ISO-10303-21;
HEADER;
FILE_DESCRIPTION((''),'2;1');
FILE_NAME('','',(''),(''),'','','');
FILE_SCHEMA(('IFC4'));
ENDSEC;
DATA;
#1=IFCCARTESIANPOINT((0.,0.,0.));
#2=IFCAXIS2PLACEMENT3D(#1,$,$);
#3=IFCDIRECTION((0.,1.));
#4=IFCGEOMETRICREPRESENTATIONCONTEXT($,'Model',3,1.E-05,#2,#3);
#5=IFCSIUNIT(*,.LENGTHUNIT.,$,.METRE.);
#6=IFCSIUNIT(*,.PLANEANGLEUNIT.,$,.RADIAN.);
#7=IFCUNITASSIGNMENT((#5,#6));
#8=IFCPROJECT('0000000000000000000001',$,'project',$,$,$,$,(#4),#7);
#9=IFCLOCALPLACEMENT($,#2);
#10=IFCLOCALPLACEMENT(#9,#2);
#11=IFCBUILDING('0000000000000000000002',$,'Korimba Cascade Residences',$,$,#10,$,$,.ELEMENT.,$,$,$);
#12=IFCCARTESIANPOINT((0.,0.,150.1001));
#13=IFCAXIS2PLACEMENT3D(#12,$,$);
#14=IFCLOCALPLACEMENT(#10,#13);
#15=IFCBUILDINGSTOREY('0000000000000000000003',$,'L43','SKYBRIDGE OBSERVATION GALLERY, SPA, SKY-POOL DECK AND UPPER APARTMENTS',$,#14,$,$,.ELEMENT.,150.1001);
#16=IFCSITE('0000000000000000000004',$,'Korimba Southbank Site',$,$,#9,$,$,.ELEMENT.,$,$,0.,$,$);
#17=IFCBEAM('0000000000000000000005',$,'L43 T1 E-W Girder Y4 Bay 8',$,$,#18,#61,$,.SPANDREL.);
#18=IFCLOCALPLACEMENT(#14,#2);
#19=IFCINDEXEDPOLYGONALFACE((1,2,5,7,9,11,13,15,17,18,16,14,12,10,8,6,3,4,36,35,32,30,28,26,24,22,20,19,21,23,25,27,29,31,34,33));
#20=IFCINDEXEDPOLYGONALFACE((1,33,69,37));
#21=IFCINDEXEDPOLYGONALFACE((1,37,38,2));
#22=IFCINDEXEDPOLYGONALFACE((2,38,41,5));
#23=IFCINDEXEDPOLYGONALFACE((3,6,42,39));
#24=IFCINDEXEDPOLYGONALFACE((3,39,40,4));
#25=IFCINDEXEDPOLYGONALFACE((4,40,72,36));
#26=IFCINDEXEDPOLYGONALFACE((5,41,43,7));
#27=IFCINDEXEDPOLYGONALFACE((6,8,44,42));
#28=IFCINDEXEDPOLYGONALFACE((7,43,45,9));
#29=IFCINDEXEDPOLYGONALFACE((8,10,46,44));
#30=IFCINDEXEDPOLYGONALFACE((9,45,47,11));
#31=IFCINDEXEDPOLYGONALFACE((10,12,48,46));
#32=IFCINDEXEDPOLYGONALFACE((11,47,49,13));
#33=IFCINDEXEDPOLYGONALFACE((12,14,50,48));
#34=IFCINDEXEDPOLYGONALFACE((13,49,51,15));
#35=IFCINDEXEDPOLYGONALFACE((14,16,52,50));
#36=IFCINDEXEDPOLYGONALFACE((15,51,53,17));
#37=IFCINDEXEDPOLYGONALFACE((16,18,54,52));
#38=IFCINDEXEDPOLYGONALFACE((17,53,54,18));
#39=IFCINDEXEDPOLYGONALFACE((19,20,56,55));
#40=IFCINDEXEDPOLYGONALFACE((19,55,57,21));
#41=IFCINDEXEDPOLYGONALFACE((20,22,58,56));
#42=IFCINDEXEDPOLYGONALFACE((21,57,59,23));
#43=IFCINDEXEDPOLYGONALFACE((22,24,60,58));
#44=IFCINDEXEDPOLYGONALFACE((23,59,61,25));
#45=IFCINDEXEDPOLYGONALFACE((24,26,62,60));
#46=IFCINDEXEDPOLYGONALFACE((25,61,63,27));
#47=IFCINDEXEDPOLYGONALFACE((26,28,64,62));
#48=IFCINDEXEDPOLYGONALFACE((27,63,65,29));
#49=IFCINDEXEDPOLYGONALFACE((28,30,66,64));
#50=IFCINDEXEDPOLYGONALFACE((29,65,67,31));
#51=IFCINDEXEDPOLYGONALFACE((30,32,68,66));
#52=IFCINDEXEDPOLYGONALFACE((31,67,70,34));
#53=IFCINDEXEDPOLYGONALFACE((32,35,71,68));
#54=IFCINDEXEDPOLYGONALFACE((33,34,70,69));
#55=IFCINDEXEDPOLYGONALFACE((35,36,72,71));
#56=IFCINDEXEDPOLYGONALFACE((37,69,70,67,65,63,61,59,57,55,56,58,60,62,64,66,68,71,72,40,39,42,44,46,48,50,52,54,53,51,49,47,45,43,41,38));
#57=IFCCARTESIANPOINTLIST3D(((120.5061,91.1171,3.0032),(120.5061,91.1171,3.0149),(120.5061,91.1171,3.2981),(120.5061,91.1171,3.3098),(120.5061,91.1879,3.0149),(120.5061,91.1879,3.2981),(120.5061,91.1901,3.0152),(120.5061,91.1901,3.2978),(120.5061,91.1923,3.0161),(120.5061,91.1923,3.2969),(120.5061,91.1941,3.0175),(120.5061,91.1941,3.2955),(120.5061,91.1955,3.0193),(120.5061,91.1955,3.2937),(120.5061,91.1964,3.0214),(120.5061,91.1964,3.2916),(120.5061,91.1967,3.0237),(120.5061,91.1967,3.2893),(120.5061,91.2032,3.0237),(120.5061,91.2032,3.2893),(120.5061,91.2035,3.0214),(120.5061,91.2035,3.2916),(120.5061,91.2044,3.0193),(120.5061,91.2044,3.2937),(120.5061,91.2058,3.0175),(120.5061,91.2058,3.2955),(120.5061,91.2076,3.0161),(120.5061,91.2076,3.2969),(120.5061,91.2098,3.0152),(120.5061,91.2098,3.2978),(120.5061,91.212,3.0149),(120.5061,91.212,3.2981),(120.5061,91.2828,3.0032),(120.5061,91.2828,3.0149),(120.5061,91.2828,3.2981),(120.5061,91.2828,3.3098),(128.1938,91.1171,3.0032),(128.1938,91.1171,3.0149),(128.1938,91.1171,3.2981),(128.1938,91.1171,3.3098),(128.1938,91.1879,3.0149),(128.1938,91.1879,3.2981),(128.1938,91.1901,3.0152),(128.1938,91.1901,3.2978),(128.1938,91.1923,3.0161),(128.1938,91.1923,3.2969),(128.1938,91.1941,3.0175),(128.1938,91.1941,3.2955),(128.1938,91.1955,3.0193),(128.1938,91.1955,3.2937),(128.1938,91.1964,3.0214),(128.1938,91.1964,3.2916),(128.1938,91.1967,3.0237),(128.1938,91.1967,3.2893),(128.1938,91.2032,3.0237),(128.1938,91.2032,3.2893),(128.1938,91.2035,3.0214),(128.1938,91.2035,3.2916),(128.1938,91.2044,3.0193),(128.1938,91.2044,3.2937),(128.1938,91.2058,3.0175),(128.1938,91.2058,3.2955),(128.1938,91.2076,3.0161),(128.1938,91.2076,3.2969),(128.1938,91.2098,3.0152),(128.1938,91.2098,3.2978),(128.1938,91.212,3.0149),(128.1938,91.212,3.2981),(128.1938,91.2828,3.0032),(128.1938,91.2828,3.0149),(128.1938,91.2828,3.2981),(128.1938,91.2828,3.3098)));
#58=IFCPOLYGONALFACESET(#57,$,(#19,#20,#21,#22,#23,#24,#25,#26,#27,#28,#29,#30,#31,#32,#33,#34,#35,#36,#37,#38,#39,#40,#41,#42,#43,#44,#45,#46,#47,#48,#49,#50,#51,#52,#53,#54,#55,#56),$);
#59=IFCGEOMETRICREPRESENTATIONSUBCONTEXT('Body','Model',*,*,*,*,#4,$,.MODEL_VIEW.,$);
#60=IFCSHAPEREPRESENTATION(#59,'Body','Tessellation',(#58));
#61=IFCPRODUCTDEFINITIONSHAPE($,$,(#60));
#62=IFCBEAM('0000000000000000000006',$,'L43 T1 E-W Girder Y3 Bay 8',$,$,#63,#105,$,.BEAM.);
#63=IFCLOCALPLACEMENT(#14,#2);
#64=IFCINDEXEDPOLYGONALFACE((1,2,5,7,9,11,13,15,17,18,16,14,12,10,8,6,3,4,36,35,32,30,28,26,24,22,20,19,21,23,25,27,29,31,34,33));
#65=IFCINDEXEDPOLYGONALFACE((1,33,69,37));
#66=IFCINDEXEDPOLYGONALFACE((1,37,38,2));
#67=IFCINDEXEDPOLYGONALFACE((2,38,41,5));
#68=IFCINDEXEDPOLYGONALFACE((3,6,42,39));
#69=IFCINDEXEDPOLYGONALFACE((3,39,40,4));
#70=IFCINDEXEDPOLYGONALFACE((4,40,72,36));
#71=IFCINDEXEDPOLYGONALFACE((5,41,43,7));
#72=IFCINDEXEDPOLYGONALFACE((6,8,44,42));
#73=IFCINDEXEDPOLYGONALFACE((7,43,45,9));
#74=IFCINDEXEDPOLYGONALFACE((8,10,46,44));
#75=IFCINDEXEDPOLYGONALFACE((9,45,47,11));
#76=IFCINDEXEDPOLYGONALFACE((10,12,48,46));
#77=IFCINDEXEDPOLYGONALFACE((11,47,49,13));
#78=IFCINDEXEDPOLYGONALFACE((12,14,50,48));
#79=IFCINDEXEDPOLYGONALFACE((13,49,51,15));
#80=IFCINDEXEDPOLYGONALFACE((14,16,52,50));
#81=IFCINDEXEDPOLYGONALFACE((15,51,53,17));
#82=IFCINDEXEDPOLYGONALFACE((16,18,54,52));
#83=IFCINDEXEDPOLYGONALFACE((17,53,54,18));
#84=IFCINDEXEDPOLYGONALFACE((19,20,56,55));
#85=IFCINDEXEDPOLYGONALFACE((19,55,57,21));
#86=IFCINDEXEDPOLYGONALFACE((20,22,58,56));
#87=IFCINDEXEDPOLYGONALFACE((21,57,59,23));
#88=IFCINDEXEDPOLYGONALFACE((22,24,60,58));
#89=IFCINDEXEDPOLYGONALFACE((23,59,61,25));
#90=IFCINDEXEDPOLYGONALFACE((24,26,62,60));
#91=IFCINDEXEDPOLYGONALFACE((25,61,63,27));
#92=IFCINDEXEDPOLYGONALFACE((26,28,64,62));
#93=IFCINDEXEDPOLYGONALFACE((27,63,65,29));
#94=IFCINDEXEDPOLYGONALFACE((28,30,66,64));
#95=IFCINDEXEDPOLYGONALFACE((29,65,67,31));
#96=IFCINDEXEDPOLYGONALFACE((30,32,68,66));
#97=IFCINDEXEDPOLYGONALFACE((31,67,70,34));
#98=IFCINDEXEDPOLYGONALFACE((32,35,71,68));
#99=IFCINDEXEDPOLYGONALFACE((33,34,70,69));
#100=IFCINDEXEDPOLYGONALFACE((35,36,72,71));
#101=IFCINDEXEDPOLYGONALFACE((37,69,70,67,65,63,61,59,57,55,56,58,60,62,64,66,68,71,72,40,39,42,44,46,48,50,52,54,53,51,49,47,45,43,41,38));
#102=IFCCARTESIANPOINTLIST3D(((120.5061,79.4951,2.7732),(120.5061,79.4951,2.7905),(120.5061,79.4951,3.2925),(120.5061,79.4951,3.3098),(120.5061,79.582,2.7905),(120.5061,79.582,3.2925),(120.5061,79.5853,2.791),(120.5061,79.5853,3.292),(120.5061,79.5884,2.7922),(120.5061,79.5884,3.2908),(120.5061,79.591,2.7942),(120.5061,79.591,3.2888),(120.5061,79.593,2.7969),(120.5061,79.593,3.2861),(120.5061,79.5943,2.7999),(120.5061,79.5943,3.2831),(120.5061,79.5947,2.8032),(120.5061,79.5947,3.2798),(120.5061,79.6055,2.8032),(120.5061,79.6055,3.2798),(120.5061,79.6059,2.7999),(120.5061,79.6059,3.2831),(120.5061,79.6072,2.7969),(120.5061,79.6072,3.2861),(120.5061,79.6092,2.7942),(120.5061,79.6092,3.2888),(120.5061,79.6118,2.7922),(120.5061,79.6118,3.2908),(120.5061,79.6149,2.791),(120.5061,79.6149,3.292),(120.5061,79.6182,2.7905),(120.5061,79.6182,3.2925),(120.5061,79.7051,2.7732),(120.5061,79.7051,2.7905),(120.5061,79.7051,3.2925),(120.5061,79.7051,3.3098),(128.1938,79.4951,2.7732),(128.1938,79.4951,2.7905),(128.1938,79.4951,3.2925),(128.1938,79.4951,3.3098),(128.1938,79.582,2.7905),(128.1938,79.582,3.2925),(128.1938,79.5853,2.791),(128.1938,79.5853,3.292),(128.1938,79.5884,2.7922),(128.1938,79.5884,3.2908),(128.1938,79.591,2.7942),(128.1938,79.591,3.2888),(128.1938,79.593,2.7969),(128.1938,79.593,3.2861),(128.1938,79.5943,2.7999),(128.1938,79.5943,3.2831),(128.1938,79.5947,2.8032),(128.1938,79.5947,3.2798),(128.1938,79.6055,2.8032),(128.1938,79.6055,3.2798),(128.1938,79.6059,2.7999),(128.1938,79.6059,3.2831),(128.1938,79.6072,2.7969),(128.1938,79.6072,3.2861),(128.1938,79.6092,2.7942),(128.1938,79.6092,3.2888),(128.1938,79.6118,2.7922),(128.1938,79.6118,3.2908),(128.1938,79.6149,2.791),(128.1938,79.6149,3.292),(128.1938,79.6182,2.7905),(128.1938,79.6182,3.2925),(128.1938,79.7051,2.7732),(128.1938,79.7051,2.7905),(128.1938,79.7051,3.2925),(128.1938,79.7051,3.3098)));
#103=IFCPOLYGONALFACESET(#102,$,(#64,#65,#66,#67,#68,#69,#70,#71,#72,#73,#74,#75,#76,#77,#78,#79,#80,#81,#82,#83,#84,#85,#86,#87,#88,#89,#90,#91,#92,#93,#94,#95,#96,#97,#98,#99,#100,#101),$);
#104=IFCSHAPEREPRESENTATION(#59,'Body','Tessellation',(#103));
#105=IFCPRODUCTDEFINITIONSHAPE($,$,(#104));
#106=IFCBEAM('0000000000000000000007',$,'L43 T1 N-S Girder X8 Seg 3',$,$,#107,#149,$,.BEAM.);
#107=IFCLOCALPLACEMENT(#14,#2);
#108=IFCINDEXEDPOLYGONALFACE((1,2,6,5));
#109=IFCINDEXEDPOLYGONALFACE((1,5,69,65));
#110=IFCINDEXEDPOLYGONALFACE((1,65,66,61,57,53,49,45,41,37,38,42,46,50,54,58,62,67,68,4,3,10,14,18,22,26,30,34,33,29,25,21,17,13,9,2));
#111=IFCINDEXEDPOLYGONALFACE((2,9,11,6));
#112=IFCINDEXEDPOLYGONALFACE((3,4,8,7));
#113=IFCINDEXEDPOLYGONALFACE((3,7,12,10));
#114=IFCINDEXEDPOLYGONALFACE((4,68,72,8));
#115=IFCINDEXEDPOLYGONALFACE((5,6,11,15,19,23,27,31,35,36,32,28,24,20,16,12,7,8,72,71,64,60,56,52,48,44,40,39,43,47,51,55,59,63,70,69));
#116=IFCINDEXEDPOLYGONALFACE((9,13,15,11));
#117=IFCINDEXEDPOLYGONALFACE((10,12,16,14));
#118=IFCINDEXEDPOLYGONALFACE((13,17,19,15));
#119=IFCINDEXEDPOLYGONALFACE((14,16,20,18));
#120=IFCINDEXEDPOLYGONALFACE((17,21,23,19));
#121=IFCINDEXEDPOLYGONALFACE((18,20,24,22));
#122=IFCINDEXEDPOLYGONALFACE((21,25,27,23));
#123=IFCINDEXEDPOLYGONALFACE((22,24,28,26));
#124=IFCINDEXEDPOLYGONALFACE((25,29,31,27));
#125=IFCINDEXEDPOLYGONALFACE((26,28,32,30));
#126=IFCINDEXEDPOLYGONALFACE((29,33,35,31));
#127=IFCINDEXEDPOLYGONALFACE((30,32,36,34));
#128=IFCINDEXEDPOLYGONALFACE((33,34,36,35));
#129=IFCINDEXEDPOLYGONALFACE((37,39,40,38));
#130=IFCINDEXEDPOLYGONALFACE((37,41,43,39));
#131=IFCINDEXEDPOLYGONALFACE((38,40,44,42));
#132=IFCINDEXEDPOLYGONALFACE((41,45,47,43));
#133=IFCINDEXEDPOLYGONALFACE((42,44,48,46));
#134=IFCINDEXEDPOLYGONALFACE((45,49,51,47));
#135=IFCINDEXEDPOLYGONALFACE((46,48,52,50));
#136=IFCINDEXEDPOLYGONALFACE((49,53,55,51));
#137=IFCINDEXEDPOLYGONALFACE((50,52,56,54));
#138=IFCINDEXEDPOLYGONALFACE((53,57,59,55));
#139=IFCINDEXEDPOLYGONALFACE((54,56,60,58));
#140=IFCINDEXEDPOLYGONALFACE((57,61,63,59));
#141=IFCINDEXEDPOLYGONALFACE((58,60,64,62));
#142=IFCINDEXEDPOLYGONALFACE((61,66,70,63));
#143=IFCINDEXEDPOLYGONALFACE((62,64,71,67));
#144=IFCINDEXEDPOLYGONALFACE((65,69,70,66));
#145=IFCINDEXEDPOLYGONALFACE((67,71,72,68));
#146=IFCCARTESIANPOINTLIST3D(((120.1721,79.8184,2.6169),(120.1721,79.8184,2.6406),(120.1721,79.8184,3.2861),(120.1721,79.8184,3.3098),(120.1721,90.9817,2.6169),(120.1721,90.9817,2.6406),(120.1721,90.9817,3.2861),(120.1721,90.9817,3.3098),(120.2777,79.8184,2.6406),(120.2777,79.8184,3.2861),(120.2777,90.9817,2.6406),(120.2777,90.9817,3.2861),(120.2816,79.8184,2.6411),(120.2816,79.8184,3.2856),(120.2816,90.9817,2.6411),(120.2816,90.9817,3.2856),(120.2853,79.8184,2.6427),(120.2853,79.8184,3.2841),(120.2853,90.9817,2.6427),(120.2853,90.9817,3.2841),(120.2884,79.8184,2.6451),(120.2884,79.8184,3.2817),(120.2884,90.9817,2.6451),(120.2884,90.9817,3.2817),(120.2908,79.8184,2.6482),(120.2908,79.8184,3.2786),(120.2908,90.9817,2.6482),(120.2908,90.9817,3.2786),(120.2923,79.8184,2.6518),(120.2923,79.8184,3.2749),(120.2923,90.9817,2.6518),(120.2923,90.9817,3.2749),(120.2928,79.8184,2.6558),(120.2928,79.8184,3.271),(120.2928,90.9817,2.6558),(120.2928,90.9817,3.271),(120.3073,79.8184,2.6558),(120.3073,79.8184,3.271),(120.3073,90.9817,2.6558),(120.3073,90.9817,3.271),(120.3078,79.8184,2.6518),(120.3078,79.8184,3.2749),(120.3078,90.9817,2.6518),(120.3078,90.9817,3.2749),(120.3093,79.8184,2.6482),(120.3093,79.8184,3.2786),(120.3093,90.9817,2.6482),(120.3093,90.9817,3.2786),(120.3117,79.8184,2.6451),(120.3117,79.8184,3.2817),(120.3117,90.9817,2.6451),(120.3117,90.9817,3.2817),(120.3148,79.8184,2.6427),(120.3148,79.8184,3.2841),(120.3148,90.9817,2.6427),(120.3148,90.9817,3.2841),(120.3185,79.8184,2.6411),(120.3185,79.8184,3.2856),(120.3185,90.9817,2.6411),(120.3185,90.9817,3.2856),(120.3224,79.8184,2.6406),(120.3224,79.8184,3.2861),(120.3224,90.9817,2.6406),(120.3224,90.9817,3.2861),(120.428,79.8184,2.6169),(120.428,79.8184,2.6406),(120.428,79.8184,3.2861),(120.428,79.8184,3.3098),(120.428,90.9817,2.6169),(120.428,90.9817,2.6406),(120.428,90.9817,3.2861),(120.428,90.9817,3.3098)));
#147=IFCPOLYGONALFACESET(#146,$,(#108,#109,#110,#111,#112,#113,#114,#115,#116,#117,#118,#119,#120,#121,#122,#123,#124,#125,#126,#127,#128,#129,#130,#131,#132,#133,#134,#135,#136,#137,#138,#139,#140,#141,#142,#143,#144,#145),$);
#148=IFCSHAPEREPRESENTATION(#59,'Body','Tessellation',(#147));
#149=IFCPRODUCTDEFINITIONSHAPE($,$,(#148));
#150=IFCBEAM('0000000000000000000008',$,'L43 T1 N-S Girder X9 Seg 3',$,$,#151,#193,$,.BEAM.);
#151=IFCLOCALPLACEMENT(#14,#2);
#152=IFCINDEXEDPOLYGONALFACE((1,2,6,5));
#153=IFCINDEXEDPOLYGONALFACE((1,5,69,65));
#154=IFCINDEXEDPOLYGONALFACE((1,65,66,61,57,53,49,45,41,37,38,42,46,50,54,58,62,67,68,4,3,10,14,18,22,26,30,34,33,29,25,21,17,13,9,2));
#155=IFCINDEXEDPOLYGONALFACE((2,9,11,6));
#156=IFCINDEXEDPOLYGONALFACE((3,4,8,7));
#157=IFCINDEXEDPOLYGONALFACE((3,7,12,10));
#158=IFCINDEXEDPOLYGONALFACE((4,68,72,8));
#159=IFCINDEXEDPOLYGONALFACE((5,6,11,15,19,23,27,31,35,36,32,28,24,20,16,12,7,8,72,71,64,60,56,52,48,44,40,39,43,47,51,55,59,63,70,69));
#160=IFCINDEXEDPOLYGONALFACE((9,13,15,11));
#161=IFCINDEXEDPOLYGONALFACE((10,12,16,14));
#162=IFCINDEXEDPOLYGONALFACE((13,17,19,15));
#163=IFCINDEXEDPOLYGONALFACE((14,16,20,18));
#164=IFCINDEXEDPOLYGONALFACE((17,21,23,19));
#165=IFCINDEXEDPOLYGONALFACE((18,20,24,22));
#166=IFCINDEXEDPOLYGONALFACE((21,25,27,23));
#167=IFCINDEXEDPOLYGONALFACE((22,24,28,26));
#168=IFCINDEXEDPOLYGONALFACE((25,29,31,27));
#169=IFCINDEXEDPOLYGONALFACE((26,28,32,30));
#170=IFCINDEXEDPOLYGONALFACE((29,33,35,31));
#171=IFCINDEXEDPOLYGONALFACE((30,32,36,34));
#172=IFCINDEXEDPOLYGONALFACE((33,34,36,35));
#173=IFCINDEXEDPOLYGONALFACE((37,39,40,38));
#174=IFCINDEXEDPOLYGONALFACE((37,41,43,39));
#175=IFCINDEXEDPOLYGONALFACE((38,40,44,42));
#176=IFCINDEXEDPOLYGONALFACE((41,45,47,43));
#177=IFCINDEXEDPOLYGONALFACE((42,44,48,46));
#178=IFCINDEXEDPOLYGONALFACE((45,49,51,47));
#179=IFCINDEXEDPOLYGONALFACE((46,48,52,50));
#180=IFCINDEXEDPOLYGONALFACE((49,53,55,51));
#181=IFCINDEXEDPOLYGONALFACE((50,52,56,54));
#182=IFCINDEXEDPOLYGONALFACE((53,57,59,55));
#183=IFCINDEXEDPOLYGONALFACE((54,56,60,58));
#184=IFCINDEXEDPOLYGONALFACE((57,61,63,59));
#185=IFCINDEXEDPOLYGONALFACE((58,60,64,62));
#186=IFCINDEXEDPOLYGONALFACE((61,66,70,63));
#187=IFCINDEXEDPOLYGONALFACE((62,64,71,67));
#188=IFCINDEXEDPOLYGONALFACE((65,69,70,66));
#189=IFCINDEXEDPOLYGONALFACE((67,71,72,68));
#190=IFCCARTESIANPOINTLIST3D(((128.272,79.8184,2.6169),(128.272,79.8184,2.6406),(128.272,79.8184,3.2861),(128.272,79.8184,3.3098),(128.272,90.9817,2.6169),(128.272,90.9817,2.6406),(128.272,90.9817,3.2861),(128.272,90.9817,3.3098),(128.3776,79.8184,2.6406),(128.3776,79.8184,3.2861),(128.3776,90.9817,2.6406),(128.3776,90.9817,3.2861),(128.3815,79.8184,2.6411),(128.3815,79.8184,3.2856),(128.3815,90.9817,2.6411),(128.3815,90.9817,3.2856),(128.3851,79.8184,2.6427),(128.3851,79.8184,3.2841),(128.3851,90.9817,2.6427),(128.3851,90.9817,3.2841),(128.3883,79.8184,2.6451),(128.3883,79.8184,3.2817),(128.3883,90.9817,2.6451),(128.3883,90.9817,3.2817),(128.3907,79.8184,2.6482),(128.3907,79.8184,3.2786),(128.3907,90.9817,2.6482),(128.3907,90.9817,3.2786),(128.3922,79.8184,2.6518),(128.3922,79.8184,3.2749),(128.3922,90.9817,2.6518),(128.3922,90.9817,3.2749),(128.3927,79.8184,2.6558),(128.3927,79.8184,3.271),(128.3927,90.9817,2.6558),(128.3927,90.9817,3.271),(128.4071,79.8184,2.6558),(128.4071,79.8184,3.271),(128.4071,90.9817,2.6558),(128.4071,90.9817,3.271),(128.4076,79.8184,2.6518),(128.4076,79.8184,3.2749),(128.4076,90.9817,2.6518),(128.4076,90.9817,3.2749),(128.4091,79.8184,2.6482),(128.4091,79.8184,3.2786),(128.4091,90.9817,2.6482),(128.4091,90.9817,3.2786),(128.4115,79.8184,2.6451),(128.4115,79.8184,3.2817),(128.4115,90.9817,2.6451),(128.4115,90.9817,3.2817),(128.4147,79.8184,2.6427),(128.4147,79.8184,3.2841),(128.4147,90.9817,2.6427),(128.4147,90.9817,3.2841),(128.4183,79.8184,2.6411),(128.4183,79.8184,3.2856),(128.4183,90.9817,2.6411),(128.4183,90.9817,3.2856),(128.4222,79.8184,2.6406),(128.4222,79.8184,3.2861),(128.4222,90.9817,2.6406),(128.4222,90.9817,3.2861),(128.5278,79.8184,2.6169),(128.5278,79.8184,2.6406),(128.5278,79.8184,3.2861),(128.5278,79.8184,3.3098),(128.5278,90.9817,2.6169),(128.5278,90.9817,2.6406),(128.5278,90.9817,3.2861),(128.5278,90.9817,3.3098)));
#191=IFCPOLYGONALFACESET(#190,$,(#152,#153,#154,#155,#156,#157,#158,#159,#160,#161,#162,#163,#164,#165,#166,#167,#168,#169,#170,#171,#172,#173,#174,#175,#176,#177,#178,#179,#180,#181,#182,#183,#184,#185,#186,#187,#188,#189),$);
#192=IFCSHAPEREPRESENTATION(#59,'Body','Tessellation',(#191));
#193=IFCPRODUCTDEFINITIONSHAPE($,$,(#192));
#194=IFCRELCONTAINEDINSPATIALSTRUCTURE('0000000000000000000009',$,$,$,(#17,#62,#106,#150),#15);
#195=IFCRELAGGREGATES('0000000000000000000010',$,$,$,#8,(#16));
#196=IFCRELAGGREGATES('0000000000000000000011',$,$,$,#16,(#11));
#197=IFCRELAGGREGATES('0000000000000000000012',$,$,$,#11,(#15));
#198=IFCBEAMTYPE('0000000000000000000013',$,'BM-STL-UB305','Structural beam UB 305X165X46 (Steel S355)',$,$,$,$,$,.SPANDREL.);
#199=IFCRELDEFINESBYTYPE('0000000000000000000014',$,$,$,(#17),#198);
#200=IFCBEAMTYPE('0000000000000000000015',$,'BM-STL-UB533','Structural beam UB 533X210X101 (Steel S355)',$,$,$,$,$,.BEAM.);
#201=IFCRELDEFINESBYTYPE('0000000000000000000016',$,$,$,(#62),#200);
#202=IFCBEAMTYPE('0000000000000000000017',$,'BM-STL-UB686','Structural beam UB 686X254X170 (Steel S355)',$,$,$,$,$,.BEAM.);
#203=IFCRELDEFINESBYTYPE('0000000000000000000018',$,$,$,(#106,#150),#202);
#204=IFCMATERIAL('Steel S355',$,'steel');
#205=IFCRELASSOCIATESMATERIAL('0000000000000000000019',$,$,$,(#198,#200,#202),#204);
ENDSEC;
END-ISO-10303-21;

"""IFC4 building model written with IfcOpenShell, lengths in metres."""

from ifc_helpers import new_model, si_unit, direction, frame, origin, origin_2d, place, context, subcontext, project, spatial, i_section, extrude, material, material_profile, profile_set, type_object, element, save


model = new_model("IFC4")

# Units and contexts
model_context = context("Model", 3, precision=1e-05, world=origin(), true_north=direction((0.0, 1.0)))
body_context = subcontext(model_context, "Body", "Model", "MODEL_VIEW")
ifc_project = project(units=[si_unit("LENGTHUNIT", "METRE"), si_unit("PLANEANGLEUNIT", "RADIAN")], contexts=[model_context])

# Site, building, storey
site_placement = place(None, origin())
site = spatial("IfcSite", under=ifc_project, at=site_placement, Name="Korimba Southbank Site", CompositionType="ELEMENT", RefElevation=0.0)
building_placement = place(site_placement, origin())
building = spatial("IfcBuilding", under=site, at=building_placement, Name="Korimba Cascade Residences", CompositionType="ELEMENT")
storey_placement = place(building_placement, frame((0.0, 0.0, 150.1001)))
storey = spatial("IfcBuildingStorey", under=building, at=storey_placement, Name="L43", Description="SKYBRIDGE OBSERVATION GALLERY, SPA, SKY-POOL DECK AND UPPER APARTMENTS", CompositionType="ELEMENT", Elevation=150.1001)

# Beams
ifc_material_1 = material(Name="Steel S355", Category="steel")
ifc_material_profile_1 = material_profile(ifc_material_1, i_section(OverallWidth=0.1658, OverallDepth=0.3066, WebThickness=0.0066, FlangeThickness=0.0117, FilletRadius=0.0088, at=origin_2d()), Name="Steel S355")
ifc_profile_set_1 = profile_set([ifc_material_profile_1], Name="Steel S355")
beam_type_1 = type_object("IfcBeamType", Name="BM-STL-UB305", Description="Structural beam UB 305X165X46 (Steel S355)", PredefinedType="SPANDREL", material=ifc_profile_set_1)
beam_1_placement = place(storey_placement, frame((120.5061, 91.2, 3.1565), z_axis=(1.0, 0.0, 0.0), x_axis=(0.0, 1.0, 0.0)))
element("IfcBeam", 1, at=beam_1_placement, inside=storey, type_object=beam_type_1, Name="L43 T1 E-W Girder Y4 Bay 8", PredefinedType="SPANDREL", context=body_context, shape_type="SweptSolid", body=[
    extrude(i_section(OverallWidth=0.1658, OverallDepth=0.3066, WebThickness=0.0066, FlangeThickness=0.0117, FilletRadius=0.0088, at=origin_2d()), origin(), (0.0, 0.0, 1.0), 7.6877),
])
ifc_material_profile_2 = material_profile(ifc_material_1, i_section(OverallWidth=0.21, OverallDepth=0.5366, WebThickness=0.0107, FlangeThickness=0.0173, FilletRadius=0.0127, at=origin_2d()), Name="Steel S355")
ifc_profile_set_2 = profile_set([ifc_material_profile_2], Name="Steel S355")
beam_type_2 = type_object("IfcBeamType", Name="BM-STL-UB533", Description="Structural beam UB 533X210X101 (Steel S355)", PredefinedType="BEAM", material=ifc_profile_set_2)
beam_2_placement = place(storey_placement, frame((120.5061, 79.6001, 3.0415), z_axis=(1.0, 0.0, 0.0), x_axis=(0.0, 1.0, 0.0)))
element("IfcBeam", 2, at=beam_2_placement, inside=storey, type_object=beam_type_2, Name="L43 T1 E-W Girder Y3 Bay 8", PredefinedType="BEAM", context=body_context, shape_type="SweptSolid", body=[
    extrude(i_section(OverallWidth=0.21, OverallDepth=0.5366, WebThickness=0.0107, FlangeThickness=0.0173, FilletRadius=0.0127, at=origin_2d()), origin(), (0.0, 0.0, 1.0), 7.6877),
])
ifc_material_profile_3 = material_profile(ifc_material_1, i_section(OverallWidth=0.2559, OverallDepth=0.6929, WebThickness=0.0144, FlangeThickness=0.0237, FilletRadius=0.0151, at=origin_2d()), Name="Steel S355")
ifc_profile_set_3 = profile_set([ifc_material_profile_3], Name="Steel S355")
beam_type_3 = type_object("IfcBeamType", Name="BM-STL-UB686", Description="Structural beam UB 686X254X170 (Steel S355)", PredefinedType="BEAM", material=ifc_profile_set_3)
for number, where, z_axis, x_axis, name in (
    (3, (120.3, 79.8184, 2.9634), (0.0, 1.0, 0.0), (-1.0, 0.0, 0.0), "L43 T1 N-S Girder X8 Seg 3"),
    (4, (128.3999, 79.8184, 2.9634), (0.0, 1.0, 0.0), (-1.0, 0.0, 0.0), "L43 T1 N-S Girder X9 Seg 3"),
):
    element("IfcBeam", number, at=place(storey_placement, frame(where, z_axis=z_axis, x_axis=x_axis)), inside=storey, type_object=beam_type_3, Name=name, PredefinedType="BEAM", context=body_context, shape_type="SweptSolid", body=[
        extrude(i_section(OverallWidth=0.2559, OverallDepth=0.6929, WebThickness=0.0144, FlangeThickness=0.0237, FilletRadius=0.0151, at=origin_2d()), origin(), (0.0, 0.0, 1.0), 11.1633),
    ])

save(model, "model.ifc")
